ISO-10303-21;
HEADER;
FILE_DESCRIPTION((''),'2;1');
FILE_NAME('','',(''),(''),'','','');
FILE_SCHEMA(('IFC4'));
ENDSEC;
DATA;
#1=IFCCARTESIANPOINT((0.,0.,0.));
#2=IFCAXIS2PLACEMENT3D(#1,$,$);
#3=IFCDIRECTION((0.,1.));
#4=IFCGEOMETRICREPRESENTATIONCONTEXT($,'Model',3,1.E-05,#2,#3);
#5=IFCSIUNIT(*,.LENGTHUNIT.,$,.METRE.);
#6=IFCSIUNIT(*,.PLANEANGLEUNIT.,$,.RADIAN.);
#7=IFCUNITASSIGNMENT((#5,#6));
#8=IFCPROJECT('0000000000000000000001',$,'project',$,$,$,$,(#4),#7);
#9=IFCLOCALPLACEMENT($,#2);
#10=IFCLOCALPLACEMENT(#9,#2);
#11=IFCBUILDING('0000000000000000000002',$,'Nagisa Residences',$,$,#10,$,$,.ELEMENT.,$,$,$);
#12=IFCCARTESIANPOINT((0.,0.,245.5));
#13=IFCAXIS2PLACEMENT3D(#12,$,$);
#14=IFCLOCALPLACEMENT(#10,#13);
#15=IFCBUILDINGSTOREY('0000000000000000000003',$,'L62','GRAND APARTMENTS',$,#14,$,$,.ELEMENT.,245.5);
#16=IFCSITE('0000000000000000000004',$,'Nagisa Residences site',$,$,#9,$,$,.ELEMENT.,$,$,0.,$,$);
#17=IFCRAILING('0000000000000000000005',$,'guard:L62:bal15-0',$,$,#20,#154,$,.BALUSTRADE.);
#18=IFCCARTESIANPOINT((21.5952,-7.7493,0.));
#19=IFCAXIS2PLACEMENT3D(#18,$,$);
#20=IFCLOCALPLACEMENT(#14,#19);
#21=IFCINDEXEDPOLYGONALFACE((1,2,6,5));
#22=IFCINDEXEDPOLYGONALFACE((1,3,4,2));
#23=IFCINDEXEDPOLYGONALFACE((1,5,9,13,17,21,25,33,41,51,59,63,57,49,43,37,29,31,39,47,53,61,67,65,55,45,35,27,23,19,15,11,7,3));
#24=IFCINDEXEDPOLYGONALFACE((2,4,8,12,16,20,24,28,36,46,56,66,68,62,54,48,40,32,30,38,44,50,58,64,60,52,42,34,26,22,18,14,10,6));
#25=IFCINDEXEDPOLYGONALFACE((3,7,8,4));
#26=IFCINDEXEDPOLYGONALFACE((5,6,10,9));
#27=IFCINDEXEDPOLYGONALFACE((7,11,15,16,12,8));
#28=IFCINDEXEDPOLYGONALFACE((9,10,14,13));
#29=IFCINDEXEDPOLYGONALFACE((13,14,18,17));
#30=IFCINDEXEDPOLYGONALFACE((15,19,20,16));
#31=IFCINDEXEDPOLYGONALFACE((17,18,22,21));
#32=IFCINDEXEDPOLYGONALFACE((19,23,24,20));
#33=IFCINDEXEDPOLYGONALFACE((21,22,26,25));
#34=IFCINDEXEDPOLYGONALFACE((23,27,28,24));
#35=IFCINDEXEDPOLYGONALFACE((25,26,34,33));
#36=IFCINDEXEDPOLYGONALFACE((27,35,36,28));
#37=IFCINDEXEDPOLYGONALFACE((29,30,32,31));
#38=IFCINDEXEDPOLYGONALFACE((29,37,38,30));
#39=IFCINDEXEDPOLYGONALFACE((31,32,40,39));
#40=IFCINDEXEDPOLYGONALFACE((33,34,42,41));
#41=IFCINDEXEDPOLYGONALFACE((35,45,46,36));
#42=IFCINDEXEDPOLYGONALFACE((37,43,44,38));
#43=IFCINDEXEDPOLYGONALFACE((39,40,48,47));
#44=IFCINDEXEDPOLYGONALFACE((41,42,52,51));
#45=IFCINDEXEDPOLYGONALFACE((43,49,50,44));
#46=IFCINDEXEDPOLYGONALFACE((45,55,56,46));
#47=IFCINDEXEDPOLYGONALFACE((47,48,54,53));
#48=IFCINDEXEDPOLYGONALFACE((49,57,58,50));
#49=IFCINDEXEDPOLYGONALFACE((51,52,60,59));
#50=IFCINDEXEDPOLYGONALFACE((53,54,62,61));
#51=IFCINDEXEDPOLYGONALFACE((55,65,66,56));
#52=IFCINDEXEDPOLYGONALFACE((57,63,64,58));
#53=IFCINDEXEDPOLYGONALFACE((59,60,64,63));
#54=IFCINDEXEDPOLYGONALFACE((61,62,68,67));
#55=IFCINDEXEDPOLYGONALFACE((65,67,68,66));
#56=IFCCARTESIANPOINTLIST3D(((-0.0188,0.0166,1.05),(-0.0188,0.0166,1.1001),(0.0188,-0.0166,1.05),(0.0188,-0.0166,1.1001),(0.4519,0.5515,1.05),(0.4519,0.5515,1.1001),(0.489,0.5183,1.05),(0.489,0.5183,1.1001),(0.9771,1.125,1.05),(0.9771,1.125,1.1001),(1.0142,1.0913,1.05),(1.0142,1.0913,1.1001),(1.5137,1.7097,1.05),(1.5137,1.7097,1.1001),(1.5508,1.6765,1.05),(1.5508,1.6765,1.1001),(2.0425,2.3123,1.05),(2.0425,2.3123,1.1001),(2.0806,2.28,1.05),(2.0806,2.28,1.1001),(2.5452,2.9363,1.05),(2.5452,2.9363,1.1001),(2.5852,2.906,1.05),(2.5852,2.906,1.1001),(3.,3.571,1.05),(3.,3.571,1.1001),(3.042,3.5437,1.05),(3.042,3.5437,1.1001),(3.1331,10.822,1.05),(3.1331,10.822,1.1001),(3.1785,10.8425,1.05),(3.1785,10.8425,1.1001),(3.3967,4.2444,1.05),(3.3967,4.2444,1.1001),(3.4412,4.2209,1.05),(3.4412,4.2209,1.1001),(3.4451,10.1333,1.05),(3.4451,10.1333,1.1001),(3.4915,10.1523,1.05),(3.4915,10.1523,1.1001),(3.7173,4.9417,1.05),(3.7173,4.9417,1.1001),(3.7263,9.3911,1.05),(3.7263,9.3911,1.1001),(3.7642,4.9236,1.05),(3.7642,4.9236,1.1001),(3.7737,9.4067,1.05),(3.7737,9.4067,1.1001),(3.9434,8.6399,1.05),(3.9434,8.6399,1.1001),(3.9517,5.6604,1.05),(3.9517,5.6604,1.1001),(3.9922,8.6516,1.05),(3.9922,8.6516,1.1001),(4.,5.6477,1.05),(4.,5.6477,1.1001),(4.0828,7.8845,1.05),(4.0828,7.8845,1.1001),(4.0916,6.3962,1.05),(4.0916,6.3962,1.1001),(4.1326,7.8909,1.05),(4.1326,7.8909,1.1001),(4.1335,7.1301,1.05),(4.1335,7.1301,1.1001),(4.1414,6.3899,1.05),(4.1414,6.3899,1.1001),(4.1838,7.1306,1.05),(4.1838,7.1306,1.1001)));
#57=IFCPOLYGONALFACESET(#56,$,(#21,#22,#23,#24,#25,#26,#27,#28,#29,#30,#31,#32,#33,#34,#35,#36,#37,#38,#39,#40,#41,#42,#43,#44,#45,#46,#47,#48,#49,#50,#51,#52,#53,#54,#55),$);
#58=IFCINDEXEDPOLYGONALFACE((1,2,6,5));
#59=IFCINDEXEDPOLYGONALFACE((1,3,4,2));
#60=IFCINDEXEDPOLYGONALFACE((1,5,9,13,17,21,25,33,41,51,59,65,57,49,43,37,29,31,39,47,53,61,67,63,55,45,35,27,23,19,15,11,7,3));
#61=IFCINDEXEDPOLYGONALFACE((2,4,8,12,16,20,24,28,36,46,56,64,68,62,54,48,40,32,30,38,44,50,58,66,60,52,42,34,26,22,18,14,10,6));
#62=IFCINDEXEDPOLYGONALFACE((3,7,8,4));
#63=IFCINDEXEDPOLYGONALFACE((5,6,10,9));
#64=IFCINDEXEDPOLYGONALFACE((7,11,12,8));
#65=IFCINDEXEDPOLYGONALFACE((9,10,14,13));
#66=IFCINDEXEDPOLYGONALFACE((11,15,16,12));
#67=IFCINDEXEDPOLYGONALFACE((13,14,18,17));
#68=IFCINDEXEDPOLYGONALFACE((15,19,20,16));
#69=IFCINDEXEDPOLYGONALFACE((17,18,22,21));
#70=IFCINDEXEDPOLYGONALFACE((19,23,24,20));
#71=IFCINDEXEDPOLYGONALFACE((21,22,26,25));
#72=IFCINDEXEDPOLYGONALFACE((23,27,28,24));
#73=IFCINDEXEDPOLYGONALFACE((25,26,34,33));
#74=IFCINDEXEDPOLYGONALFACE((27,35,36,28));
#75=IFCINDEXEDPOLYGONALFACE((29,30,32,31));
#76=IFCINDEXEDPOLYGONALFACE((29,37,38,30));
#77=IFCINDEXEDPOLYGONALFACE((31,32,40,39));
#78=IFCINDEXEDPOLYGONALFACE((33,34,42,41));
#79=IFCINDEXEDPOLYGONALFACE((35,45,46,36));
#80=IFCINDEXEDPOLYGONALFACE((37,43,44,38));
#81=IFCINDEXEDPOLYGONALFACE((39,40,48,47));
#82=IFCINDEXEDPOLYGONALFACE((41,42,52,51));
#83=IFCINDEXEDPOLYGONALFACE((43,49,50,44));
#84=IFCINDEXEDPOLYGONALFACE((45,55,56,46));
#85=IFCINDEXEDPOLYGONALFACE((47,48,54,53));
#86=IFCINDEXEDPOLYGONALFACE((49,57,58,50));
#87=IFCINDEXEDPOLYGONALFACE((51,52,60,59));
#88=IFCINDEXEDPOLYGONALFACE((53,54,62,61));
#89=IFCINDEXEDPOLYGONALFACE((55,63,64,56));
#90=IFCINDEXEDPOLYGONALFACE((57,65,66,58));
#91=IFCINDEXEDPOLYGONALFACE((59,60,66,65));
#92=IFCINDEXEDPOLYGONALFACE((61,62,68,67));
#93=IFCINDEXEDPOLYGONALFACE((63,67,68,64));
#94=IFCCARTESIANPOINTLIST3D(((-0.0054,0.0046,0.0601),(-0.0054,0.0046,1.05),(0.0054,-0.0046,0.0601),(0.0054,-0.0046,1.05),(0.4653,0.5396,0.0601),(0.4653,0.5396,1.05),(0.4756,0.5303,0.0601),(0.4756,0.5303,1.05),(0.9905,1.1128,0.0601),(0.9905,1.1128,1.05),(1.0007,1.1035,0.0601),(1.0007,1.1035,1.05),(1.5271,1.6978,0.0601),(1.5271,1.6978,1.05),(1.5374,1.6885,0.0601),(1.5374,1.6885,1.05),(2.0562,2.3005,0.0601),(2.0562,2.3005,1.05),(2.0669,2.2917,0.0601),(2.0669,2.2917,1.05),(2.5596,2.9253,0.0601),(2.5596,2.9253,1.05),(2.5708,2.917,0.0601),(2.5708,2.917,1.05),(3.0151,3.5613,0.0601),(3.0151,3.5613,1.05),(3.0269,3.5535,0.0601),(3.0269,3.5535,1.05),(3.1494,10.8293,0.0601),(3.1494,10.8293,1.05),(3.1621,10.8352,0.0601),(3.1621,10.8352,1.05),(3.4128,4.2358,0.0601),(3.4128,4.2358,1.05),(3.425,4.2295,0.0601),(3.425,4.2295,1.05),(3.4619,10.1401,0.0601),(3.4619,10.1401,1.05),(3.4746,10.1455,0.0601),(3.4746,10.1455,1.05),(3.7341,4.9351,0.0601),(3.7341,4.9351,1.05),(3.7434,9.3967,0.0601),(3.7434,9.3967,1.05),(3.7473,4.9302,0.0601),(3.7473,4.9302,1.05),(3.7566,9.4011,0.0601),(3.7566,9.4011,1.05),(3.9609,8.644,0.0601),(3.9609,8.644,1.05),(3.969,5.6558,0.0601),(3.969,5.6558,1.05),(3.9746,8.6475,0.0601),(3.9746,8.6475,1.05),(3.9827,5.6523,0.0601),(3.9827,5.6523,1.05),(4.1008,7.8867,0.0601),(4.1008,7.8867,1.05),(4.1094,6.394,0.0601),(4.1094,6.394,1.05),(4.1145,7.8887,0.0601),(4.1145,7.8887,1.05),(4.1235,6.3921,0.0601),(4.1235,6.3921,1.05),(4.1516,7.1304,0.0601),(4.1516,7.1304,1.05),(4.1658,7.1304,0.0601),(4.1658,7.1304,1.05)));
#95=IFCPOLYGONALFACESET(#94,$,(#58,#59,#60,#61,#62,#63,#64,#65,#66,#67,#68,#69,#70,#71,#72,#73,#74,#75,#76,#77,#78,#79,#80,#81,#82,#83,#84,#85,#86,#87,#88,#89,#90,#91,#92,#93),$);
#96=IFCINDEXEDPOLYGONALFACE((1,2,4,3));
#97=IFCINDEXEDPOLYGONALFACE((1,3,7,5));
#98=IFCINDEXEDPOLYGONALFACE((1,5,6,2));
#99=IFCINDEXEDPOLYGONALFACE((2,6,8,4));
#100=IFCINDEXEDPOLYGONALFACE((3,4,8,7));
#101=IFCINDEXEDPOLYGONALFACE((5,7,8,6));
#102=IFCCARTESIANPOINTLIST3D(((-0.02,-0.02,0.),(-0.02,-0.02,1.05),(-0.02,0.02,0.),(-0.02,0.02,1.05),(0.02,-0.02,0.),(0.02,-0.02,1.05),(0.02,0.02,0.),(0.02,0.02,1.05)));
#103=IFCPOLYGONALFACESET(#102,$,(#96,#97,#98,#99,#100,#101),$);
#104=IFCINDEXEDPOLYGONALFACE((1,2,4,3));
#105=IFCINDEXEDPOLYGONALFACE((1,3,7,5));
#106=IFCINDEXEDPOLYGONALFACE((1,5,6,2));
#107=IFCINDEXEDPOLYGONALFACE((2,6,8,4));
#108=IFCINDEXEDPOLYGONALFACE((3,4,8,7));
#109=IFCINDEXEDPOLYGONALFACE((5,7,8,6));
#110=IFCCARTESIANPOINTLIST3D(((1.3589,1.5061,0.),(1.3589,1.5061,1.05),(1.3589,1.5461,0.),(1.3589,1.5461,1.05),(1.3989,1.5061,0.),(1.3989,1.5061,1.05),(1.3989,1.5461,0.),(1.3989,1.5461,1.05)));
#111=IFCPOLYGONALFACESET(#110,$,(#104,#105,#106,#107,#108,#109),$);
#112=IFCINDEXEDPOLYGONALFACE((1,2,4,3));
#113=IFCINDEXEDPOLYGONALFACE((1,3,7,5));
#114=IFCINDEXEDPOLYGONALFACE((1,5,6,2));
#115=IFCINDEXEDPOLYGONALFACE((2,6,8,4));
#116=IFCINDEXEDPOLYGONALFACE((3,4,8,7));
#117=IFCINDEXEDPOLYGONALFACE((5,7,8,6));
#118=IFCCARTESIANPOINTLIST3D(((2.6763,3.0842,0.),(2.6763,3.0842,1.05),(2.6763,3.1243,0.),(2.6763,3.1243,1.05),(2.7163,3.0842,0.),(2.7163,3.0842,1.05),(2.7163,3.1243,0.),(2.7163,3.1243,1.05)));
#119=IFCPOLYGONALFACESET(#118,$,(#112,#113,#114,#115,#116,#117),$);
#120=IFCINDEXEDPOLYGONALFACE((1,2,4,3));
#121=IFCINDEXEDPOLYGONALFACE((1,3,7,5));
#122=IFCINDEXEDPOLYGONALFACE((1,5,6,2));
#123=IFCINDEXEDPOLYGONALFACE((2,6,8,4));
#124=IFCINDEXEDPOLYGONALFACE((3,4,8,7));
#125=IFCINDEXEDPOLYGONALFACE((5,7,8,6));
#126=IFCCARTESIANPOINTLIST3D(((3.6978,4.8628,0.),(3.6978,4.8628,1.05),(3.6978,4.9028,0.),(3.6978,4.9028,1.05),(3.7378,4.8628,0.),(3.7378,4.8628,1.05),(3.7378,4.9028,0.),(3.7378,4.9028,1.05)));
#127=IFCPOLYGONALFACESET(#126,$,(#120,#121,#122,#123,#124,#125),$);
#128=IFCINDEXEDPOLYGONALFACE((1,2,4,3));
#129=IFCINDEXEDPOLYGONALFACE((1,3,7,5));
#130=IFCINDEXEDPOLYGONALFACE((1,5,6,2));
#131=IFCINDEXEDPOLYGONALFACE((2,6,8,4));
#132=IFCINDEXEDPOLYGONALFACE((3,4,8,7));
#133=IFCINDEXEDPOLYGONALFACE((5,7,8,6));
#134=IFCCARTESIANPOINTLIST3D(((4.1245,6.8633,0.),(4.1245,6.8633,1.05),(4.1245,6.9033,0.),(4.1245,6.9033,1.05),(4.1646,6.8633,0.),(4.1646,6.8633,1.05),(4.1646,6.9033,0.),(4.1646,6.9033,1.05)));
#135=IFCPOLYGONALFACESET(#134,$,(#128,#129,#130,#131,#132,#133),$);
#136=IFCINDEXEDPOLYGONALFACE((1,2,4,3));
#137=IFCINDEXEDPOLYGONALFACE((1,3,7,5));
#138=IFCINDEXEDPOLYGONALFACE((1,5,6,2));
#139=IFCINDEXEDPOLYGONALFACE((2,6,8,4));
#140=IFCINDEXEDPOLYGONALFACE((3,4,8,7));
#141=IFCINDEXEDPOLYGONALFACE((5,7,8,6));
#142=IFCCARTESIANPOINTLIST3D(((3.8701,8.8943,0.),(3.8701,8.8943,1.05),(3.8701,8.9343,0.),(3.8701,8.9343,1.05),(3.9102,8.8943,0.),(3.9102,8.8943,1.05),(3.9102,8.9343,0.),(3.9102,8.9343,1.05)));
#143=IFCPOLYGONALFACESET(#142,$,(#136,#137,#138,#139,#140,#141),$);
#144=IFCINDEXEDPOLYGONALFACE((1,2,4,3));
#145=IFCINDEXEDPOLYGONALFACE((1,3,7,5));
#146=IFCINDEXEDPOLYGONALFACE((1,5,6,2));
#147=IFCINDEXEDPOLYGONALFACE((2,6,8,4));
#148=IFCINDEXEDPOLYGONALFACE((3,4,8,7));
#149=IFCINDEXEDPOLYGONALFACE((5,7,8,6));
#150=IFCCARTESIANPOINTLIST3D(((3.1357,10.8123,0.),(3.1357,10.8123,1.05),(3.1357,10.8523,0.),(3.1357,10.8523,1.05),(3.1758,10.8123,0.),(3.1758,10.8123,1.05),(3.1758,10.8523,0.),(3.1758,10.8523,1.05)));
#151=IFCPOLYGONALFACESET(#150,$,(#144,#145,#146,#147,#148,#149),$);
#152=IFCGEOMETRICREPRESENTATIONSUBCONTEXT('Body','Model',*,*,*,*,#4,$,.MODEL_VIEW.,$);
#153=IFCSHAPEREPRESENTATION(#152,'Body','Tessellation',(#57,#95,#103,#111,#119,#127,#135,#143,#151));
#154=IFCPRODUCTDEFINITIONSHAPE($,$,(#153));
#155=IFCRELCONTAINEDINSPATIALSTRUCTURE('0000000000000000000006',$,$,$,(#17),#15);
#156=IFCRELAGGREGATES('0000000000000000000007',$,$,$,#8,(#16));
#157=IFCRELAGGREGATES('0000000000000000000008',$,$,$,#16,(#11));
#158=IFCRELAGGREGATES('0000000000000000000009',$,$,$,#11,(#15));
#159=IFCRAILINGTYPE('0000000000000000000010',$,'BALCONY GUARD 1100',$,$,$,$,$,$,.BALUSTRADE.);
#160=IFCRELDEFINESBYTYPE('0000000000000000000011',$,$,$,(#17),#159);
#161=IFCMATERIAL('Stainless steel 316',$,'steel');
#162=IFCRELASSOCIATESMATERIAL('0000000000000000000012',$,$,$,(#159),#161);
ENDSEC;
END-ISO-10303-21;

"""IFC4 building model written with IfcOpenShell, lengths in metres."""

from ifc_helpers import new_model, si_unit, direction, frame, origin, origin_2d, place, context, subcontext, project, spatial, polyline, rectangle, outline, extrude, material, type_object, element, save


model = new_model("IFC4")

# Units and contexts
model_context = context("Model", 3, precision=1e-05, world=origin(), true_north=direction((0.0, 1.0)))
body_context = subcontext(model_context, "Body", "Model", "MODEL_VIEW")
ifc_project = project(units=[si_unit("LENGTHUNIT", "METRE"), si_unit("PLANEANGLEUNIT", "RADIAN")], contexts=[model_context])

# Site, building, storey
site_placement = place(None, origin())
site = spatial("IfcSite", under=ifc_project, at=site_placement, Name="Nagisa Residences site", CompositionType="ELEMENT", RefElevation=0.0)
building_placement = place(site_placement, origin())
building = spatial("IfcBuilding", under=site, at=building_placement, Name="Nagisa Residences", CompositionType="ELEMENT")
storey_placement = place(building_placement, frame((0.0, 0.0, 245.5)))
storey = spatial("IfcBuildingStorey", under=building, at=storey_placement, Name="L62", Description="GRAND APARTMENTS", CompositionType="ELEMENT", Elevation=245.5)

# Railing
ifc_material_1 = material(Name="Stainless steel 316", Category="steel")
railing_type_1 = type_object("IfcRailingType", Name="BALCONY GUARD 1100", PredefinedType="BALUSTRADE", material=ifc_material_1)
railing_1_placement = place(storey_placement, frame((21.5952, -7.7493, 0.0)))
element("IfcRailing", 1, at=railing_1_placement, inside=storey, type_object=railing_type_1, Name="guard:L62:bal15-0", PredefinedType="BALUSTRADE", context=body_context, shape_type="SweptSolid", body=[
    extrude(outline(polyline([(0.4519, 0.5515), (-0.0188, 0.0166), (0.0188, -0.0166), (0.489, 0.5183), (1.0142, 1.0913), (1.5508, 1.6765), (2.0806, 2.28), (2.5852, 2.906), (3.042, 3.5437), (3.4412, 4.2209), (3.7642, 4.9236), (4.0, 5.6477), (4.1414, 6.3899), (4.1838, 7.1306), (4.1326, 7.8909), (3.9922, 8.6516), (3.7737, 9.4067), (3.4915, 10.1523), (3.1785, 10.8425), (3.1331, 10.822), (3.4451, 10.1333), (3.7263, 9.3911), (3.9434, 8.6399), (4.0828, 7.8845), (4.1335, 7.1301), (4.0916, 6.3962), (3.9517, 5.6604), (3.7173, 4.9417), (3.3967, 4.2444), (3.0, 3.571), (2.5452, 2.9363), (2.0425, 2.3123), (1.5137, 1.7097), (0.9771, 1.125), (0.4519, 0.5515)])), frame((0.0, 0.0, 1.05)), (0.0, 0.0, 1.0), 0.05),
    extrude(outline(polyline([(0.4653, 0.5396), (-0.0054, 0.0046), (0.0054, -0.0046), (0.4756, 0.5303), (1.0007, 1.1035), (1.5374, 1.6885), (2.0669, 2.2917), (2.5708, 2.917), (3.0269, 3.5535), (3.425, 4.2295), (3.7473, 4.9302), (3.9827, 5.6523), (4.1235, 6.3921), (4.1658, 7.1304), (4.1145, 7.8887), (3.9746, 8.6475), (3.7566, 9.4011), (3.4746, 10.1455), (3.1621, 10.8352), (3.1494, 10.8293), (3.4619, 10.1401), (3.7434, 9.3967), (3.9609, 8.644), (4.1008, 7.8867), (4.1516, 7.1304), (4.1094, 6.394), (3.969, 5.6558), (3.7341, 4.9351), (3.4128, 4.2358), (3.0151, 3.5613), (2.5596, 2.9253), (2.0562, 2.3005), (1.5271, 1.6978), (0.9905, 1.1128), (0.4653, 0.5396)])), frame((0.0, 0.0, 0.0601)), (0.0, 0.0, 1.0), 0.99),
    extrude(rectangle(XDim=0.04, YDim=0.04, at=origin_2d()), origin(), (0.0, 0.0, 1.0), 1.05),
    extrude(rectangle(XDim=0.04, YDim=0.04, at=origin_2d()), frame((1.3789, 1.5261, 0.0)), (0.0, 0.0, 1.0), 1.05),
    extrude(rectangle(XDim=0.04, YDim=0.04, at=origin_2d()), frame((2.6963, 3.1042, 0.0)), (0.0, 0.0, 1.0), 1.05),
    extrude(rectangle(XDim=0.04, YDim=0.04, at=origin_2d()), frame((3.7178, 4.8828, 0.0)), (0.0, 0.0, 1.0), 1.05),
    extrude(rectangle(XDim=0.04, YDim=0.04, at=origin_2d()), frame((4.1445, 6.8833, 0.0)), (0.0, 0.0, 1.0), 1.05),
    extrude(rectangle(XDim=0.04, YDim=0.04, at=origin_2d()), frame((3.8901, 8.9143, 0.0)), (0.0, 0.0, 1.0), 1.05),
    extrude(rectangle(XDim=0.04, YDim=0.04, at=origin_2d()), frame((3.1558, 10.8323, 0.0)), (0.0, 0.0, 1.0), 1.05),
])

save(model, "model.ifc")
